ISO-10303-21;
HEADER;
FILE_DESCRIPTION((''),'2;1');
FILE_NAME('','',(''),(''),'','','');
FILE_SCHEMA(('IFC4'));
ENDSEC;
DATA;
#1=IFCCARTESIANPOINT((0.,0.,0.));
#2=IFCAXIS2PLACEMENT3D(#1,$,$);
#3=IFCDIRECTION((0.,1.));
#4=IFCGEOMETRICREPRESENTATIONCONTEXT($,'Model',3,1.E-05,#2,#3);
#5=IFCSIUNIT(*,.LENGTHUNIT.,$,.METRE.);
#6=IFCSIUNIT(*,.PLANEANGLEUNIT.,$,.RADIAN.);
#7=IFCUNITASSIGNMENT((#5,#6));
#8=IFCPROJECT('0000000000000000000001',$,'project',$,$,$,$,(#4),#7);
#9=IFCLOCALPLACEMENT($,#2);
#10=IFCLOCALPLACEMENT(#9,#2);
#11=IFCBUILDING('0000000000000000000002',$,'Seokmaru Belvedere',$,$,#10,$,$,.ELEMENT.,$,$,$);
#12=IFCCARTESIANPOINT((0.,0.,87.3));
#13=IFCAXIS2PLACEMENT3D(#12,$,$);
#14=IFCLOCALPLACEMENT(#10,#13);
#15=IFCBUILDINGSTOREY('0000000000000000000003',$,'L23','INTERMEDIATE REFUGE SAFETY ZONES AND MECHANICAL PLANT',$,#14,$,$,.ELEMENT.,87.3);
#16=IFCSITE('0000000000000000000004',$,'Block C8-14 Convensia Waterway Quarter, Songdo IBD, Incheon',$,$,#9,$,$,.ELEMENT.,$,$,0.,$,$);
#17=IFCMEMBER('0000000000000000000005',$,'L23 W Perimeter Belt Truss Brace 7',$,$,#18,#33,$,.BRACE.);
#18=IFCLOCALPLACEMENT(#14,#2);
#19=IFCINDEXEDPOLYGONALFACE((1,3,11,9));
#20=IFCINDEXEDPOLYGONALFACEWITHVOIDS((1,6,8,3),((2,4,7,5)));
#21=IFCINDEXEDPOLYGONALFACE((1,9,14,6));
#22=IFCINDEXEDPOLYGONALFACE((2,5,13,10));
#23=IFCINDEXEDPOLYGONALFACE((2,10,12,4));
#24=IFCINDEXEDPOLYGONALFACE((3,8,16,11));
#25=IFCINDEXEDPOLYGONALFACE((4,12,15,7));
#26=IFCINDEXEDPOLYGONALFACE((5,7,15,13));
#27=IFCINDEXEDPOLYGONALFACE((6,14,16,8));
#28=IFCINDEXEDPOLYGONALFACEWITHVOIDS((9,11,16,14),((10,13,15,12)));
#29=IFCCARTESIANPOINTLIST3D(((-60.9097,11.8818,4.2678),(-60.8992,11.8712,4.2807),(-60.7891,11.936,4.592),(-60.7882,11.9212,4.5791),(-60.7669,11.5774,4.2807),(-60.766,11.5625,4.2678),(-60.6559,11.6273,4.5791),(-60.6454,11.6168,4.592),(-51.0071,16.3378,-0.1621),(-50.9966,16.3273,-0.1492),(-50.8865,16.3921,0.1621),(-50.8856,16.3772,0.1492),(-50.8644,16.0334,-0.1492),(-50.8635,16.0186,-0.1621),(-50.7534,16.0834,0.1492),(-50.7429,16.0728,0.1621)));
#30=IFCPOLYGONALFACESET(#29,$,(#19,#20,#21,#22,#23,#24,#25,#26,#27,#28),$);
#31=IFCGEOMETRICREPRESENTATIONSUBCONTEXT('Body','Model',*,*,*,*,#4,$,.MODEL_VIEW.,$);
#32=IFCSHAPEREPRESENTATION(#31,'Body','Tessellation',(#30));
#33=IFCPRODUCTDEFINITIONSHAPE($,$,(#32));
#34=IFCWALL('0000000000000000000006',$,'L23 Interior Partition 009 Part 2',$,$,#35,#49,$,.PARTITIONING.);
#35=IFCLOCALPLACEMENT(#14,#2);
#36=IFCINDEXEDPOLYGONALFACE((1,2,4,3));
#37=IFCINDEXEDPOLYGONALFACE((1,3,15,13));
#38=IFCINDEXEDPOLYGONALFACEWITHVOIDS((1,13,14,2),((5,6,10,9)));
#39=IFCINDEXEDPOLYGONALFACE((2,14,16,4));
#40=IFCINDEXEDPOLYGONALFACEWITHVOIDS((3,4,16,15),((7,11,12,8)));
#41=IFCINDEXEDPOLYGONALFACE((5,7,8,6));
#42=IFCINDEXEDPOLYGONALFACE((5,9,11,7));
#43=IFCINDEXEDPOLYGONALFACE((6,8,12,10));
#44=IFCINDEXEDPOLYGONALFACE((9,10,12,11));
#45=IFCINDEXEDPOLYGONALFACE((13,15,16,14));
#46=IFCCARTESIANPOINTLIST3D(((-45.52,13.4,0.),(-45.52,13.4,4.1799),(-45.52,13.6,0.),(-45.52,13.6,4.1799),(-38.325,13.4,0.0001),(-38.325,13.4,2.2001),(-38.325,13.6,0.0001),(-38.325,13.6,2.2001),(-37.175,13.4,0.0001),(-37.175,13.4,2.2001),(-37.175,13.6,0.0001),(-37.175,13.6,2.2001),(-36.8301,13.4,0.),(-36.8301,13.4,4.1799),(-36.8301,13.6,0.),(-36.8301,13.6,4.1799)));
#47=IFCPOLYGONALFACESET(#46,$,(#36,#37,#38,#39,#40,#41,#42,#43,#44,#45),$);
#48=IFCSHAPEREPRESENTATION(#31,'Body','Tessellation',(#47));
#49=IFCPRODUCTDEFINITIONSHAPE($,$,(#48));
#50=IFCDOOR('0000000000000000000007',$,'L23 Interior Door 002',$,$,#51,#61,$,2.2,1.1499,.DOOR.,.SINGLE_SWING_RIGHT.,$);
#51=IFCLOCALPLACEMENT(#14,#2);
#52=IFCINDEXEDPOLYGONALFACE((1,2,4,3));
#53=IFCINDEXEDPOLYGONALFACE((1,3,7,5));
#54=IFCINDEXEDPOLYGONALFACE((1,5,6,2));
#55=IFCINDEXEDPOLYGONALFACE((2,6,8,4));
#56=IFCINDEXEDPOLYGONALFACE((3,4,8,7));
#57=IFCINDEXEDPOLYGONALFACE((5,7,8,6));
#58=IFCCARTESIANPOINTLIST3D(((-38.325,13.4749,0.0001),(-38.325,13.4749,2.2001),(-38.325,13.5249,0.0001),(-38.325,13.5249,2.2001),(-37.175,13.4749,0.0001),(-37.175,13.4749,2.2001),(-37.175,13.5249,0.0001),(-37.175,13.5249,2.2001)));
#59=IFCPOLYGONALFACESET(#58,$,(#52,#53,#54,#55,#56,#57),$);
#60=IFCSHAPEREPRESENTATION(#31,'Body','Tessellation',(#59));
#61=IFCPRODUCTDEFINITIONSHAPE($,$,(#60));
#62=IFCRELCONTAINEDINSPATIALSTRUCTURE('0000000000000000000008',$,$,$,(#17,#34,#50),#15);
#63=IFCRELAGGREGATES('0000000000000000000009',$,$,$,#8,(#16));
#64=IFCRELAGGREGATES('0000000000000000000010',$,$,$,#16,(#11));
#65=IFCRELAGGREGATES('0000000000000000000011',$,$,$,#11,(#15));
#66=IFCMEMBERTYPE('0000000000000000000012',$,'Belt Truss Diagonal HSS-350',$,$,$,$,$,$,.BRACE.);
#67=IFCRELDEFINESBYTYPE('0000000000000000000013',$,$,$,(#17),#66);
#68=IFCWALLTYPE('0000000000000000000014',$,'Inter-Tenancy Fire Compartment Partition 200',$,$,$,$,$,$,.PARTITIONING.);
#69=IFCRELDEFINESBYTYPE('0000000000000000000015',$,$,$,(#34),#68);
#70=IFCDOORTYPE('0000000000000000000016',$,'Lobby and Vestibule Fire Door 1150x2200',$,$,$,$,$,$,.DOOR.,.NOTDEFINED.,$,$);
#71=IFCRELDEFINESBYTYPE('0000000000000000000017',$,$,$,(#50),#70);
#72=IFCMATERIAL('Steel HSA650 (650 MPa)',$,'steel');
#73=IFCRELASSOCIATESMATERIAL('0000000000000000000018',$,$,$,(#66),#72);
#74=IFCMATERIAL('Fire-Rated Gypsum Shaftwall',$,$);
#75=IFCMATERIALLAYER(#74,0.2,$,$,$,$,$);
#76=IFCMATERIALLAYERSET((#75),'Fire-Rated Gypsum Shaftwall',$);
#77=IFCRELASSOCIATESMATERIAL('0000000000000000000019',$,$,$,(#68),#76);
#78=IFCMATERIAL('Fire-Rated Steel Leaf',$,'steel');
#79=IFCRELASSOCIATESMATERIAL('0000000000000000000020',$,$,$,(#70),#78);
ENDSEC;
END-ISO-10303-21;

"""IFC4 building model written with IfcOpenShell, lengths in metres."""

from ifc_helpers import new_model, si_unit, direction, frame, frame_2d, origin, origin_2d, place, context, subcontext, project, spatial, rectangle, hollow_rectangle, extrude, source, transform, mapped, material, layer, layer_set, material_profile, profile_set, type_object, type_shapes, element, fill, save


model = new_model("IFC4")

# Units and contexts
model_context = context("Model", 3, precision=1e-05, world=origin(), true_north=direction((0.0, 1.0)))
body_context = subcontext(model_context, "Body", "Model", "MODEL_VIEW")
ifc_project = project(units=[si_unit("LENGTHUNIT", "METRE"), si_unit("PLANEANGLEUNIT", "RADIAN")], contexts=[model_context])

# Site, building, storey
site_placement = place(None, origin())
site = spatial("IfcSite", under=ifc_project, at=site_placement, Name="Block C8-14 Convensia Waterway Quarter, Songdo IBD, Incheon", CompositionType="ELEMENT", RefElevation=0.0)
building_placement = place(site_placement, origin())
building = spatial("IfcBuilding", under=site, at=building_placement, Name="Seokmaru Belvedere", CompositionType="ELEMENT")
storey_placement = place(building_placement, frame((0.0, 0.0, 87.3)))
storey = spatial("IfcBuildingStorey", under=building, at=storey_placement, Name="L23", Description="INTERMEDIATE REFUGE SAFETY ZONES AND MECHANICAL PLANT", CompositionType="ELEMENT", Elevation=87.3)

# Member
ifc_material_1 = material(Name="Steel HSA650 (650 MPa)", Category="steel")
ifc_material_profile_1 = material_profile(ifc_material_1, hollow_rectangle(XDim=0.3501, YDim=0.3501, WallThickness=0.0139, at=origin_2d()), Name="HSS-350x350x14")
ifc_profile_set_1 = profile_set([ifc_material_profile_1], Name="Steel HSA650 (650 MPa)")
member_type_1 = type_object("IfcMemberType", Name="Belt Truss Diagonal HSS-350", PredefinedType="BRACE", material=ifc_profile_set_1)
shared_shape_1 = source(origin(), body_context, "Body", "SweptSolid", [
    extrude(hollow_rectangle(XDim=0.3501, YDim=0.3501, WallThickness=0.0139, at=origin_2d()), origin(), (0.0, 0.0, 1.0), 11.7278),
])
member_1_placement = place(storey_placement, frame((-50.875, 16.2053, 0.0), z_axis=(-0.844367, -0.379956, 0.377728), x_axis=(0.410356, -0.911925, 0.0)))
element("IfcMember", 1, at=member_1_placement, inside=storey, type_object=member_type_1, Name="L23 W Perimeter Belt Truss Brace 7", PredefinedType="BRACE", context=body_context, shape_type="MappedRepresentation", body=[
    mapped(shared_shape_1, transform((0.0, 0.0, 0.0), scale=1.0)),
])

# Wall, opening, door
ifc_material_2 = material(Name="Fire-Rated Gypsum Shaftwall")
ifc_layer = layer(ifc_material_2, 0.2)
ifc_layer_set = layer_set([ifc_layer], Name="Fire-Rated Gypsum Shaftwall")
wall_type = type_object("IfcWallType", Name="Inter-Tenancy Fire Compartment Partition 200", PredefinedType="PARTITIONING", material=ifc_layer_set)
wall_placement = place(storey_placement, frame((-45.52, 13.5, 0.0), z_axis=(0.0, 0.0, 1.0), x_axis=(1.0, 0.0, 0.0)))
wall = element("IfcWall", 2, at=wall_placement, inside=storey, type_object=wall_type, Name="L23 Interior Partition 009 Part 2", PredefinedType="PARTITIONING", context=body_context, shape_type="SweptSolid", body=[
    extrude(rectangle(XDim=8.6899, YDim=0.2, at=frame_2d((4.345, 0.0))), origin(), (0.0, 0.0, 1.0), 4.1799),
])
opening_placement = place(wall_placement, frame((7.1951, 0.0, 0.0)))
opening = element("IfcOpeningElement", 3, at=opening_placement, cuts=wall, PredefinedType="OPENING", context=body_context, shape_type="SweptSolid", body=[
    extrude(rectangle(XDim=1.1499, YDim=2.2, at=frame_2d((0.575, 1.1001))), frame((0.0, 0.1099, 0.0), z_axis=(0.0, -1.0, 0.0), x_axis=(1.0, 0.0, 0.0)), (0.0, 0.0, 1.0), 0.22),
])
ifc_material_3 = material(Name="Fire-Rated Steel Leaf", Category="steel")
door_type = type_object("IfcDoorType", Name="Lobby and Vestibule Fire Door 1150x2200", OperationType="NOTDEFINED", PredefinedType="DOOR", material=ifc_material_3)
shared_shape_2 = source(origin(), body_context, "Body", "SweptSolid", [
    extrude(rectangle(XDim=1.1499, YDim=2.2, at=frame_2d((0.575, 1.1001))), frame((0.0, 0.0249, 0.0), z_axis=(0.0, -1.0, 0.0), x_axis=(1.0, 0.0, 0.0)), (0.0, 0.0, 1.0), 0.05),
])
type_shapes(door_type, [shared_shape_2])
door_placement = place(opening_placement, origin())
door = element("IfcDoor", 4, at=door_placement, inside=storey, type_object=door_type, Name="L23 Interior Door 002", OperationType="SINGLE_SWING_RIGHT", OverallHeight=2.2, OverallWidth=1.1499, PredefinedType="DOOR", context=body_context, shape_type="MappedRepresentation", body=[
    mapped(shared_shape_2, transform((0.0, 0.0, 0.0), scale=1.0)),
])
fill(opening, door)

save(model, "model.ifc")
